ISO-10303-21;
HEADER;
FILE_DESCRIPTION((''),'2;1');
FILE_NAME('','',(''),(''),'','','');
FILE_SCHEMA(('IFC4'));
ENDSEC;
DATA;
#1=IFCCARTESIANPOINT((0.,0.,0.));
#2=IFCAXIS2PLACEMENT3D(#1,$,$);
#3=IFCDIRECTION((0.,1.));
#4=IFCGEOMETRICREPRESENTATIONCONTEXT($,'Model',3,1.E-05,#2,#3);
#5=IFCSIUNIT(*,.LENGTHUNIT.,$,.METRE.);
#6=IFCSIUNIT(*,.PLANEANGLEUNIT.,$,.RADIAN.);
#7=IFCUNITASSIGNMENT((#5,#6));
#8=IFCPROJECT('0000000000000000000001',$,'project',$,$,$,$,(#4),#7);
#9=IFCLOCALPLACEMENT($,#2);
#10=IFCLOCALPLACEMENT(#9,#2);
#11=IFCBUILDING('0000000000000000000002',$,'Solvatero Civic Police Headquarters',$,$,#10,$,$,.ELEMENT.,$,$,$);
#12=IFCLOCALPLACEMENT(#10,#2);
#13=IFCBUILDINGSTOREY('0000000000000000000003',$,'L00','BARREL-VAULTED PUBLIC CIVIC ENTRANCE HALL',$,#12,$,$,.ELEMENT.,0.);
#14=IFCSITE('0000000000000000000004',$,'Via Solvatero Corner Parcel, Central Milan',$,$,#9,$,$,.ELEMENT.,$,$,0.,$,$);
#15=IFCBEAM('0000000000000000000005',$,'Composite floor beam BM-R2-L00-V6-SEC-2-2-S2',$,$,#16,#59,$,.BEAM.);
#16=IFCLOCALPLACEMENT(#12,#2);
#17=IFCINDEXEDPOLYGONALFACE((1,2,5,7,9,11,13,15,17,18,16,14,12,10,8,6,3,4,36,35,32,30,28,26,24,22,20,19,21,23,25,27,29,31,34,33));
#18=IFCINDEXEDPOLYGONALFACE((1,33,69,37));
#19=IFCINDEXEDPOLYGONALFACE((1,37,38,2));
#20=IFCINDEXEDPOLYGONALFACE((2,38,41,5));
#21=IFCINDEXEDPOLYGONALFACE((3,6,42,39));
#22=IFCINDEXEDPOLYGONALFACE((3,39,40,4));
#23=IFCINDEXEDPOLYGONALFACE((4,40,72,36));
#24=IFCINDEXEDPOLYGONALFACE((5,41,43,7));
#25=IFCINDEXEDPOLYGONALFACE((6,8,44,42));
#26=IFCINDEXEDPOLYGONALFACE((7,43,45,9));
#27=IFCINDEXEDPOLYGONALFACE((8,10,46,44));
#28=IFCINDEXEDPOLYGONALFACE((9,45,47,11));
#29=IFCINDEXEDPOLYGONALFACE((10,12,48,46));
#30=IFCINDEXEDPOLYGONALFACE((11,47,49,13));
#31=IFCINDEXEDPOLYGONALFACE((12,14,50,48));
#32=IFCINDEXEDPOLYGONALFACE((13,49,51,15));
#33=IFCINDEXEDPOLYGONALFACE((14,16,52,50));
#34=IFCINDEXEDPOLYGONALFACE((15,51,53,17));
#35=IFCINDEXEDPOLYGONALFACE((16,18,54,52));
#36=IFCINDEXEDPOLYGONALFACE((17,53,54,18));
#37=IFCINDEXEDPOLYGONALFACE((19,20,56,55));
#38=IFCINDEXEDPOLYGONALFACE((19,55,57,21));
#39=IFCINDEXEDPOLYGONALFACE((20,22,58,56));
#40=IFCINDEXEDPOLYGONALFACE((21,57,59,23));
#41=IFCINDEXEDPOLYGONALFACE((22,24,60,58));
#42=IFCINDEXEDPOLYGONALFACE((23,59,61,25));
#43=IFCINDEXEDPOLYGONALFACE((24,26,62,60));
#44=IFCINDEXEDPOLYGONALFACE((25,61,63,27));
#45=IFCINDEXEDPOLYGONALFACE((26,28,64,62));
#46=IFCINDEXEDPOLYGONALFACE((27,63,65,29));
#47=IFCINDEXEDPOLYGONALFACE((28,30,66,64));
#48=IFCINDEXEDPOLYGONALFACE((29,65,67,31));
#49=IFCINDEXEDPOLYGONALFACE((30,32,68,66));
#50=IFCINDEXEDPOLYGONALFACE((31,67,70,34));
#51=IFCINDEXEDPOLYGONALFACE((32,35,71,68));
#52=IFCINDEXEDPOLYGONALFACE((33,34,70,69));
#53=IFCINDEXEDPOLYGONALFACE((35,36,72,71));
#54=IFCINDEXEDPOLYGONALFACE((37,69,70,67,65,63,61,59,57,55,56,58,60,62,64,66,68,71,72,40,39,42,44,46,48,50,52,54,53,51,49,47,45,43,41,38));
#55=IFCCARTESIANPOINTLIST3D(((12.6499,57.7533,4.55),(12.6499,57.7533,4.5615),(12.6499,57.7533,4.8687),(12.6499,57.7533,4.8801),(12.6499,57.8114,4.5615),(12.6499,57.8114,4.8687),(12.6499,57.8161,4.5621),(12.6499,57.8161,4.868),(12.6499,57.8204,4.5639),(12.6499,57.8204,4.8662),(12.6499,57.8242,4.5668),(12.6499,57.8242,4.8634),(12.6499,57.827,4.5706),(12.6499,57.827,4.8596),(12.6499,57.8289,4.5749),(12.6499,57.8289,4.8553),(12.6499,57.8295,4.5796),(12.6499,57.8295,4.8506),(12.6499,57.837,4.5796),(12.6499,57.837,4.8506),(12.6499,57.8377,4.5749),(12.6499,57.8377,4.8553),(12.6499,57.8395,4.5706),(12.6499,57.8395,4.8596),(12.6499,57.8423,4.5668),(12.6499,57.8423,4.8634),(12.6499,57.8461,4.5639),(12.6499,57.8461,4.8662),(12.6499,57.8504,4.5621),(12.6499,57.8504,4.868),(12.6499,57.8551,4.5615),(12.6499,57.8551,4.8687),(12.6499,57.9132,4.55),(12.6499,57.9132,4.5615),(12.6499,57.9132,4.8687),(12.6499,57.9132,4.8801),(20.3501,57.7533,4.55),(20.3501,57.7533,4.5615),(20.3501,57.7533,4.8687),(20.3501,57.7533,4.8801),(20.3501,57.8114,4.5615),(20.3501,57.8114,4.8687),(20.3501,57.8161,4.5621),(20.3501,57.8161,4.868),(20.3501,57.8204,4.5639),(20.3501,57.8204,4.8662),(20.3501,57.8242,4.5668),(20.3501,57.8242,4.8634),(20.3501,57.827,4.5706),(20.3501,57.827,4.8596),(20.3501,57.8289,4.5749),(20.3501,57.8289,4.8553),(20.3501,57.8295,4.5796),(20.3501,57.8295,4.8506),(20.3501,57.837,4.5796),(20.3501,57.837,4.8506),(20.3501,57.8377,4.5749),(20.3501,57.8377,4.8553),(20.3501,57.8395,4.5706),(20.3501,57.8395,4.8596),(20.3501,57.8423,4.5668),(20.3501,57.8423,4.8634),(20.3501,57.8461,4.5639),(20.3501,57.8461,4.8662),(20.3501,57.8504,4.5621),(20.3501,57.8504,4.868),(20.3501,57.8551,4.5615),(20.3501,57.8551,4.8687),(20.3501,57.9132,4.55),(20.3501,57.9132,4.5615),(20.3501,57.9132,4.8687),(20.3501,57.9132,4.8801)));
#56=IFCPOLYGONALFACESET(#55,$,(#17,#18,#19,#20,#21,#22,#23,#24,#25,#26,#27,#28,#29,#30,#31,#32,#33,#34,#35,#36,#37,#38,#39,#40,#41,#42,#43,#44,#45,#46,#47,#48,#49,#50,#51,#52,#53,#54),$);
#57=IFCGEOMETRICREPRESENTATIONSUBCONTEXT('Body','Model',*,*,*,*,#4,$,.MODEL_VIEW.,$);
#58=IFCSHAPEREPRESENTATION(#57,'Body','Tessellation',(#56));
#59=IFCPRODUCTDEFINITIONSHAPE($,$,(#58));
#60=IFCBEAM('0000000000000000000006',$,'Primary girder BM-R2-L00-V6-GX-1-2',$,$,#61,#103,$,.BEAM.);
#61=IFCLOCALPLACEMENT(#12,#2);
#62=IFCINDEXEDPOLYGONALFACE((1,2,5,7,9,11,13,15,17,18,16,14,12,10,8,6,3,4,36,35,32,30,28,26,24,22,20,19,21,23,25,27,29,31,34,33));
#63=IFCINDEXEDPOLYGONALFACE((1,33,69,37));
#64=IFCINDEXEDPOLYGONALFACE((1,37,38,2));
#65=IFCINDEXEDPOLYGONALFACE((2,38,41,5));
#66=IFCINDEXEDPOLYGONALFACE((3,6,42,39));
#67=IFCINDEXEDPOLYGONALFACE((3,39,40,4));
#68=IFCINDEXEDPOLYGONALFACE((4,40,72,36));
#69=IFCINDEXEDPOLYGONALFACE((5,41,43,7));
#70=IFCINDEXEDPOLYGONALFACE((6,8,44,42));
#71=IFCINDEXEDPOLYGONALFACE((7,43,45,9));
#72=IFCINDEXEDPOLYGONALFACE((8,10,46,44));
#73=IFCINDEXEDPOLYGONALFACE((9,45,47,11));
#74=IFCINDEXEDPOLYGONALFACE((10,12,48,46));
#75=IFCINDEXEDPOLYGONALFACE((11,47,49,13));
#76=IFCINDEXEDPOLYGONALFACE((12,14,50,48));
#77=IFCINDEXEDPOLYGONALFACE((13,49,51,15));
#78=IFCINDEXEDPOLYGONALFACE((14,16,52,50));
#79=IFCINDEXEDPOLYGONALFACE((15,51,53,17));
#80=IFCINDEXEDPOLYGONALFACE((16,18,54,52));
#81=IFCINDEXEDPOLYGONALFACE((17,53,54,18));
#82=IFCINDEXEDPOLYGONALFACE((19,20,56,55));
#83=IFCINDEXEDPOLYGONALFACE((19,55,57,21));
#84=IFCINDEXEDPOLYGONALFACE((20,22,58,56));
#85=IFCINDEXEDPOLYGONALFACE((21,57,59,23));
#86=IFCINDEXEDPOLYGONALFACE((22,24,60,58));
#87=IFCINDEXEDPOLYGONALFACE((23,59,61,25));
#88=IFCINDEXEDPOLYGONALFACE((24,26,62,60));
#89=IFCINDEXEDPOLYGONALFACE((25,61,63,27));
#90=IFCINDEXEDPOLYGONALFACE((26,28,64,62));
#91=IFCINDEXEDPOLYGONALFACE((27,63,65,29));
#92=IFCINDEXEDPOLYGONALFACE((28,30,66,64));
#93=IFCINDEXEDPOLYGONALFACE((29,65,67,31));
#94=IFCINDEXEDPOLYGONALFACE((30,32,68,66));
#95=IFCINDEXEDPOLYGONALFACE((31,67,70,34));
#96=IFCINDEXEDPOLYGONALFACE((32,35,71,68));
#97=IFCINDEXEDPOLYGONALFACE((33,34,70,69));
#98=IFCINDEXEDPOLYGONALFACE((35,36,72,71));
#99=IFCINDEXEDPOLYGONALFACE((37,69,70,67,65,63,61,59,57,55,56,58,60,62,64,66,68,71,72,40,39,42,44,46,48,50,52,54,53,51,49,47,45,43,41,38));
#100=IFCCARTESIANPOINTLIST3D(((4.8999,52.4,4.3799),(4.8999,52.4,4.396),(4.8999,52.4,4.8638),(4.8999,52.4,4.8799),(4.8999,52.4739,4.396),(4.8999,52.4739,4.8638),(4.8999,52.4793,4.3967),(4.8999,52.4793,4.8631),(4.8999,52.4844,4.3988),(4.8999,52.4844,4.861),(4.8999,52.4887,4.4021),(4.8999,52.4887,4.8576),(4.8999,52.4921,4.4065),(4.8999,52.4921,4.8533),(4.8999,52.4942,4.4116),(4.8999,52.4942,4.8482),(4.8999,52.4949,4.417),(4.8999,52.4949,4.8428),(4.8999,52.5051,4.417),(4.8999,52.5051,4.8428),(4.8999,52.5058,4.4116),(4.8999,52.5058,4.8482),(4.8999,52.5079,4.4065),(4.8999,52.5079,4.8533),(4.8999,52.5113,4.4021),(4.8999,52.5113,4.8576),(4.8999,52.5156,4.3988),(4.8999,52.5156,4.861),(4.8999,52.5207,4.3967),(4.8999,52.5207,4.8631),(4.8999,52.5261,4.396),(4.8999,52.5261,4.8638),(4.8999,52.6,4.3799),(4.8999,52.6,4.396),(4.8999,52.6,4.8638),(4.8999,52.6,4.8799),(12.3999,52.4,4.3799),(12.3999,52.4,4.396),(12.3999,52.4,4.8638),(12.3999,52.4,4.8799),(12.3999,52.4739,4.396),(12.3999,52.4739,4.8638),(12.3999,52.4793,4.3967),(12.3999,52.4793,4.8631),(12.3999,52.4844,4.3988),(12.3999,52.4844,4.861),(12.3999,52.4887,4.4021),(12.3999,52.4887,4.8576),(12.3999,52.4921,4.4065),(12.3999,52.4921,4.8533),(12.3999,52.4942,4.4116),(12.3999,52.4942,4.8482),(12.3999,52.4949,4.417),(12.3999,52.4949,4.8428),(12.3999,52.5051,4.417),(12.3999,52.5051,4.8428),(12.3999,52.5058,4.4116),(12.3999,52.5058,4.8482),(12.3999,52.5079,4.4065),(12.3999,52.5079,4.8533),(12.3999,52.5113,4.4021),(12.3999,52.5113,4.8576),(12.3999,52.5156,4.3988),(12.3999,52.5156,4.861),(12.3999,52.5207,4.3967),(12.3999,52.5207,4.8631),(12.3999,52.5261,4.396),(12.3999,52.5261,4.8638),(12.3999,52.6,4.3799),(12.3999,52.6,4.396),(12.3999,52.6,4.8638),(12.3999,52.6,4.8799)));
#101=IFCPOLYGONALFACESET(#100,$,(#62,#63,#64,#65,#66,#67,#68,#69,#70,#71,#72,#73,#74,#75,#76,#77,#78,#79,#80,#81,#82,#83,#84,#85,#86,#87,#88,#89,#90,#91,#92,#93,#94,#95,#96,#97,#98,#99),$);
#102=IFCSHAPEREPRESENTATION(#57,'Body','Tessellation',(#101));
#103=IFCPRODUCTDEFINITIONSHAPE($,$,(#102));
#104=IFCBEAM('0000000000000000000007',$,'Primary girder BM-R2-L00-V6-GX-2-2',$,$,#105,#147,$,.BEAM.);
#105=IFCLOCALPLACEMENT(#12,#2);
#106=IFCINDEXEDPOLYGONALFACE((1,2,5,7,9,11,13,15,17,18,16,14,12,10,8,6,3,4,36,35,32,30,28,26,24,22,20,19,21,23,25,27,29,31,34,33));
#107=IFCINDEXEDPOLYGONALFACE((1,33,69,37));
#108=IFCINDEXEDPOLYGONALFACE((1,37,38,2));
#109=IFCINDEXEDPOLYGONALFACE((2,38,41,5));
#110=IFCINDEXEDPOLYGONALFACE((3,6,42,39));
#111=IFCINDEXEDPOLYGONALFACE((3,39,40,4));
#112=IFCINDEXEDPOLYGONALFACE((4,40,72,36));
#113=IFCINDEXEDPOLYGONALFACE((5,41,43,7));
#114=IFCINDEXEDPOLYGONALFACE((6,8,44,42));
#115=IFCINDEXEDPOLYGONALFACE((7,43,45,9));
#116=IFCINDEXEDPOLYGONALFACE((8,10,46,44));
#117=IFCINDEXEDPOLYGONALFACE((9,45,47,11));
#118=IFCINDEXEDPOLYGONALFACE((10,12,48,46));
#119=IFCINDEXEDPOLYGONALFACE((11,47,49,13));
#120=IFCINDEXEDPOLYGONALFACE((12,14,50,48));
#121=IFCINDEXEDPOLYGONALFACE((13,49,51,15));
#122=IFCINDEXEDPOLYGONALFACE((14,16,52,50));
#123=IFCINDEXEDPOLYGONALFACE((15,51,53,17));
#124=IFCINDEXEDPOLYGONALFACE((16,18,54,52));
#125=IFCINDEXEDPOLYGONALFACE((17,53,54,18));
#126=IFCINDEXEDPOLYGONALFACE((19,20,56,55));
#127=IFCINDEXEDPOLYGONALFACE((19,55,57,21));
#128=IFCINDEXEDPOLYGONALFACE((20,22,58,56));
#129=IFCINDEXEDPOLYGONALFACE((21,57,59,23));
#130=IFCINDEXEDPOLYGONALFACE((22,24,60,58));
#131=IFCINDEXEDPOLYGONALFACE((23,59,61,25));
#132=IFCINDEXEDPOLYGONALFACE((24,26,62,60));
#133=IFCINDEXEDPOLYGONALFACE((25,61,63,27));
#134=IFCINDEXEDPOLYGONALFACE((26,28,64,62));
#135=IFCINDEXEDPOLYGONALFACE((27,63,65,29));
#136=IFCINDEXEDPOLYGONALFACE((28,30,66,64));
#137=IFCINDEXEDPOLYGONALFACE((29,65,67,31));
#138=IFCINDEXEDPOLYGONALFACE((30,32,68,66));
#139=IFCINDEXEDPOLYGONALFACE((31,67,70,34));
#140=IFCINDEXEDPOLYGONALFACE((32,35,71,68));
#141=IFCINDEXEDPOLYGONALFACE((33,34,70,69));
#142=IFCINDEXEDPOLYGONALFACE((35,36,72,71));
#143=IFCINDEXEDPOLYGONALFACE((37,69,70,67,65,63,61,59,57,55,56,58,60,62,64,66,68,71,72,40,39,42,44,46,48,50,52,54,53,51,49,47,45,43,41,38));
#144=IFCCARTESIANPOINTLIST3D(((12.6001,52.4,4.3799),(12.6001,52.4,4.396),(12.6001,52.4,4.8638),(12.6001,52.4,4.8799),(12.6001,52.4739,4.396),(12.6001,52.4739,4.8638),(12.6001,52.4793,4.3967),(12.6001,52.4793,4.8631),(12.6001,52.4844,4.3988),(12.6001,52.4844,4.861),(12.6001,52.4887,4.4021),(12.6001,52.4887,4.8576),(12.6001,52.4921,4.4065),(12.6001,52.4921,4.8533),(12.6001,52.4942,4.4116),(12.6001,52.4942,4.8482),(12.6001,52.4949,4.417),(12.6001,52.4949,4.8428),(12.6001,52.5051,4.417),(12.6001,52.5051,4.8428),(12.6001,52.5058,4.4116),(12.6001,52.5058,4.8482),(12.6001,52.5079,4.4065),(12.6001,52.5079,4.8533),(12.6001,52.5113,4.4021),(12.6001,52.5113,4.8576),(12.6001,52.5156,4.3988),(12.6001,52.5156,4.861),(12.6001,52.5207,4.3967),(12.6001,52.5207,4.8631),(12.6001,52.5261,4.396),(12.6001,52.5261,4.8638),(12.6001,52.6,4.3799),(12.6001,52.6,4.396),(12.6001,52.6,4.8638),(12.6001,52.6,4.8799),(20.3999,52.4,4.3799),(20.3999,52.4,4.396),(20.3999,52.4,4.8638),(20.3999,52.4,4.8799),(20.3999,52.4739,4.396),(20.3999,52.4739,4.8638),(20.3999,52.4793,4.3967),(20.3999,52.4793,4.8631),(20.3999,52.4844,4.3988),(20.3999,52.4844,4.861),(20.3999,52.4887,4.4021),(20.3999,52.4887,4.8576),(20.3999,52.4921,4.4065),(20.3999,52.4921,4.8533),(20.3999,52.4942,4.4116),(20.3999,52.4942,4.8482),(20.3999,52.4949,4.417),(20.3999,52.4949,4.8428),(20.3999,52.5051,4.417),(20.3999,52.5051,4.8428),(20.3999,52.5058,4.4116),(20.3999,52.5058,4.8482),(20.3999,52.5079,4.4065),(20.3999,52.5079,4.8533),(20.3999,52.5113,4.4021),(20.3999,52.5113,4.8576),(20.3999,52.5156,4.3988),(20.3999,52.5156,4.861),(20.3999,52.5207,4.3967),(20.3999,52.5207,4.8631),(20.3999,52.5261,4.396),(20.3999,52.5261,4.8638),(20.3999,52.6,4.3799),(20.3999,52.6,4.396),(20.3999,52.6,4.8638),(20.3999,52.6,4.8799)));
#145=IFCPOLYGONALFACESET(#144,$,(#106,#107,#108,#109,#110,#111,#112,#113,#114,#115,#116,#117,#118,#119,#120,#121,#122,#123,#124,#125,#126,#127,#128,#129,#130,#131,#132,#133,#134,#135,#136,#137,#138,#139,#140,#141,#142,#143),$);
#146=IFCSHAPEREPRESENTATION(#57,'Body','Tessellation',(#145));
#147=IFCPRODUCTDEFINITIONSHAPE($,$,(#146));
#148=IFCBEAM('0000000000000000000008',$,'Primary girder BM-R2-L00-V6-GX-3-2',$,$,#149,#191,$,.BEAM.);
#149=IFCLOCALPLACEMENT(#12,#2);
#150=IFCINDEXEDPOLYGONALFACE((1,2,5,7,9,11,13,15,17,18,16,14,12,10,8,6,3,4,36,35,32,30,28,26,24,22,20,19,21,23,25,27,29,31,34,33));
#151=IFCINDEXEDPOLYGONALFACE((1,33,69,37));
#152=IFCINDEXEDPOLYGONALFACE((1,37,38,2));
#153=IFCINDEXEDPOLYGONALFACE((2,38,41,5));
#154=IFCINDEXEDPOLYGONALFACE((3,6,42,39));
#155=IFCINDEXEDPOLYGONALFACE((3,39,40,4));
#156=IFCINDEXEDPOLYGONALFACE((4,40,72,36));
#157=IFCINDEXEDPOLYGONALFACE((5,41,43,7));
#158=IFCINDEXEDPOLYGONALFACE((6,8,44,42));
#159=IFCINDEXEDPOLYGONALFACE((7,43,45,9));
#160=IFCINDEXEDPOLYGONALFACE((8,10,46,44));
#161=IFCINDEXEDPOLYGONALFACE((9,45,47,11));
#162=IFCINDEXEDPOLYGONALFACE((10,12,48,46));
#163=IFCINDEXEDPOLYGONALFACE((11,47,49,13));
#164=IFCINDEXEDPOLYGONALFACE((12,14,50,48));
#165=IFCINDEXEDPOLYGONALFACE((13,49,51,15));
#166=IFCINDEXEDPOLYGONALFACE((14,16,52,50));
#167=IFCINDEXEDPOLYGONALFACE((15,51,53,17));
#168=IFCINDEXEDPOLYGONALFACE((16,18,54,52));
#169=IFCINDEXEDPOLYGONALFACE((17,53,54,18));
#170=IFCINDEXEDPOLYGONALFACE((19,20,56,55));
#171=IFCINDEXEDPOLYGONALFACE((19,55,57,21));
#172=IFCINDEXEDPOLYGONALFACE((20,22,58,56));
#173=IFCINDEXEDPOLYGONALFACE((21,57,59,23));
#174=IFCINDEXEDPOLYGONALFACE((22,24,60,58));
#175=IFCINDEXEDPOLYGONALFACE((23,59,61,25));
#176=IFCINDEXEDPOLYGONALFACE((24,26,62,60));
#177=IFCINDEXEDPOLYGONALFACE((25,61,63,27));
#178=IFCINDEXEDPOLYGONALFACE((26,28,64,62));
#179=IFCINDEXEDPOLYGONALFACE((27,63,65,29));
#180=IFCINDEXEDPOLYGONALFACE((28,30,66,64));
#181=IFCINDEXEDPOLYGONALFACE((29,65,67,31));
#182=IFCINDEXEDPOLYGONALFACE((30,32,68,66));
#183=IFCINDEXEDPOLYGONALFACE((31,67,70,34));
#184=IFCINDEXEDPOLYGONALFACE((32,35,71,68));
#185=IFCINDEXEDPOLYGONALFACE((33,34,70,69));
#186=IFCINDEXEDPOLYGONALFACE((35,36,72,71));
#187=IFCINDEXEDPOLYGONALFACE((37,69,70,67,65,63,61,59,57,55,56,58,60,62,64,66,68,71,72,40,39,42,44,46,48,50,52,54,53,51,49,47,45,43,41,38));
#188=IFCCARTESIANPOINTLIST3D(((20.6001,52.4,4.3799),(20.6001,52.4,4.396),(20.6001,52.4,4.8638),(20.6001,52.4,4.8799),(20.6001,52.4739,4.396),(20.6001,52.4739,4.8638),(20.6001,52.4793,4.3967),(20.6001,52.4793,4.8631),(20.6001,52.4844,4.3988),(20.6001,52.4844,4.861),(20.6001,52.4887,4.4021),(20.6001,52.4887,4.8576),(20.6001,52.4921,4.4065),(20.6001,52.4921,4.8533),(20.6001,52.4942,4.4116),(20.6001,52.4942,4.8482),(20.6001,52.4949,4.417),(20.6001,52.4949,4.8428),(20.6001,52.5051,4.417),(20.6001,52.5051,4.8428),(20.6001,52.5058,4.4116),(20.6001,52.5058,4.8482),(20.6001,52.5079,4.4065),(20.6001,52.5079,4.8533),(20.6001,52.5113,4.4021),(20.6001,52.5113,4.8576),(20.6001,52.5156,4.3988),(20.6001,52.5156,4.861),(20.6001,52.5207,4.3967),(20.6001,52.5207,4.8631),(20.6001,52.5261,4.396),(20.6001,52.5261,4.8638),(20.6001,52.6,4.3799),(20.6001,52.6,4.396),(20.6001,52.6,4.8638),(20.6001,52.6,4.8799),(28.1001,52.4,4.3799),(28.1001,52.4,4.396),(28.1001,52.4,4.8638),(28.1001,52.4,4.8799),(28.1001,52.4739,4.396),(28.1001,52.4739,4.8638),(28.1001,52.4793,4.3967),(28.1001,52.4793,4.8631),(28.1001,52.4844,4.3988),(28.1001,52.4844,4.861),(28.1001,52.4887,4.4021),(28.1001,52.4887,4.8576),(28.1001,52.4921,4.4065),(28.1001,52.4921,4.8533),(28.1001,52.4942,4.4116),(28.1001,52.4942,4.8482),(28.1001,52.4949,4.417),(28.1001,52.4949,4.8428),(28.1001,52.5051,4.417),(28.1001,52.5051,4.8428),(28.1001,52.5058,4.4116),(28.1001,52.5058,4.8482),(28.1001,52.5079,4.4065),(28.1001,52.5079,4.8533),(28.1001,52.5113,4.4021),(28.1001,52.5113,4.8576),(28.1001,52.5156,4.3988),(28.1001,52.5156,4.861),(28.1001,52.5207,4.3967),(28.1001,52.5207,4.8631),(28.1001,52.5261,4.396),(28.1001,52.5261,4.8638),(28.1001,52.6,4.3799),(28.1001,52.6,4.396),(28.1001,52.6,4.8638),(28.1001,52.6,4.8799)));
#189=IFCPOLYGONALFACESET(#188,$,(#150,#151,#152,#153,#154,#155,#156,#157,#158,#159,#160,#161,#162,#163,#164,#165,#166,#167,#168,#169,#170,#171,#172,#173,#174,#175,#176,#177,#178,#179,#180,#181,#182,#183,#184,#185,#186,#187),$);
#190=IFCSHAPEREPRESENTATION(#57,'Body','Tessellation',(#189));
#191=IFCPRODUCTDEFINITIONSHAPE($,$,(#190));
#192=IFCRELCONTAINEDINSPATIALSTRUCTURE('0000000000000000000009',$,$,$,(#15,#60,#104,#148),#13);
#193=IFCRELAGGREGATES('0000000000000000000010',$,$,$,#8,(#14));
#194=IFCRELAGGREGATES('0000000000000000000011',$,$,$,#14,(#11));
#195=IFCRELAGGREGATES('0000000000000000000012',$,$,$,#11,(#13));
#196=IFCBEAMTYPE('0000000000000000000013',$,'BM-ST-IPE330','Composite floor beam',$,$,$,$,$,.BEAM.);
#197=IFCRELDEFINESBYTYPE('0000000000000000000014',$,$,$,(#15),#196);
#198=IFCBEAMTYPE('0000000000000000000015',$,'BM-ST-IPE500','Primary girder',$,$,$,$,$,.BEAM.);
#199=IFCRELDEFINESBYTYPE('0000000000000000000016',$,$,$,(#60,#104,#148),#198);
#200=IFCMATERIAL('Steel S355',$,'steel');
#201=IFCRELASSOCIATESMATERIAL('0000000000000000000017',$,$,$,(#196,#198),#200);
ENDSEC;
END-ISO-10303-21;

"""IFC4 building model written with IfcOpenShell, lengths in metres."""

from ifc_helpers import new_model, si_unit, direction, frame, origin, origin_2d, place, context, subcontext, project, spatial, i_section, extrude, material, material_profile, profile_set, type_object, element, save


model = new_model("IFC4")

# Units and contexts
model_context = context("Model", 3, precision=1e-05, world=origin(), true_north=direction((0.0, 1.0)))
body_context = subcontext(model_context, "Body", "Model", "MODEL_VIEW")
ifc_project = project(units=[si_unit("LENGTHUNIT", "METRE"), si_unit("PLANEANGLEUNIT", "RADIAN")], contexts=[model_context])

# Site, building, storey
site_placement = place(None, origin())
site = spatial("IfcSite", under=ifc_project, at=site_placement, Name="Via Solvatero Corner Parcel, Central Milan", CompositionType="ELEMENT", RefElevation=0.0)
building_placement = place(site_placement, origin())
building = spatial("IfcBuilding", under=site, at=building_placement, Name="Solvatero Civic Police Headquarters", CompositionType="ELEMENT")
storey_placement = place(building_placement, origin())
storey = spatial("IfcBuildingStorey", under=building, at=storey_placement, Name="L00", Description="BARREL-VAULTED PUBLIC CIVIC ENTRANCE HALL", CompositionType="ELEMENT", Elevation=0.0)

# Beams
ifc_material_1 = material(Name="Steel S355", Category="steel")
ifc_material_profile_1 = material_profile(ifc_material_1, i_section(OverallWidth=0.1599, OverallDepth=0.3301, WebThickness=0.0076, FlangeThickness=0.0115, FilletRadius=0.0181, at=origin_2d()), Name="IPE 330")
ifc_profile_set_1 = profile_set([ifc_material_profile_1], Name="Steel S355")
beam_type_1 = type_object("IfcBeamType", Name="BM-ST-IPE330", Description="Composite floor beam", PredefinedType="BEAM", material=ifc_profile_set_1)
for number, where, z_axis, x_axis, name in (
    (1, (12.6499, 57.8333, 4.7151), (1.0, 0.0, 0.0), (0.0, 1.0, 0.0), "Composite floor beam BM-R2-L00-V6-SEC-2-2-S2"),
):
    element("IfcBeam", number, at=place(storey_placement, frame(where, z_axis=z_axis, x_axis=x_axis)), inside=storey, type_object=beam_type_1, Name=name, PredefinedType="BEAM", context=body_context, shape_type="SweptSolid", body=[
        extrude(i_section(OverallWidth=0.1599, OverallDepth=0.3301, WebThickness=0.0076, FlangeThickness=0.0115, FilletRadius=0.0181, at=origin_2d()), origin(), (0.0, 0.0, 1.0), 7.7002),
    ])
ifc_material_profile_2 = material_profile(ifc_material_1, i_section(OverallWidth=0.2, OverallDepth=0.5, WebThickness=0.0103, FlangeThickness=0.0161, FilletRadius=0.021, at=origin_2d()), Name="IPE 500")
ifc_profile_set_2 = profile_set([ifc_material_profile_2], Name="Steel S355")
beam_type_2 = type_object("IfcBeamType", Name="BM-ST-IPE500", Description="Primary girder", PredefinedType="BEAM", material=ifc_profile_set_2)
beam_1_placement = place(storey_placement, frame((4.8999, 52.5, 4.6299), z_axis=(1.0, 0.0, 0.0), x_axis=(0.0, 1.0, 0.0)))
element("IfcBeam", 2, at=beam_1_placement, inside=storey, type_object=beam_type_2, Name="Primary girder BM-R2-L00-V6-GX-1-2", PredefinedType="BEAM", context=body_context, shape_type="SweptSolid", body=[
    extrude(i_section(OverallWidth=0.2, OverallDepth=0.5, WebThickness=0.0103, FlangeThickness=0.0161, FilletRadius=0.021, at=origin_2d()), origin(), (0.0, 0.0, 1.0), 7.5),
])
beam_2_placement = place(storey_placement, frame((12.6001, 52.5, 4.6299), z_axis=(1.0, 0.0, 0.0), x_axis=(0.0, 1.0, 0.0)))
element("IfcBeam", 3, at=beam_2_placement, inside=storey, type_object=beam_type_2, Name="Primary girder BM-R2-L00-V6-GX-2-2", PredefinedType="BEAM", context=body_context, shape_type="SweptSolid", body=[
    extrude(i_section(OverallWidth=0.2, OverallDepth=0.5, WebThickness=0.0103, FlangeThickness=0.0161, FilletRadius=0.021, at=origin_2d()), origin(), (0.0, 0.0, 1.0), 7.7998),
])
for number, where, z_axis, x_axis, name in (
    (4, (20.6001, 52.5, 4.6299), (1.0, 0.0, 0.0), (0.0, 1.0, 0.0), "Primary girder BM-R2-L00-V6-GX-3-2"),
):
    element("IfcBeam", number, at=place(storey_placement, frame(where, z_axis=z_axis, x_axis=x_axis)), inside=storey, type_object=beam_type_2, Name=name, PredefinedType="BEAM", context=body_context, shape_type="SweptSolid", body=[
        extrude(i_section(OverallWidth=0.2, OverallDepth=0.5, WebThickness=0.0103, FlangeThickness=0.0161, FilletRadius=0.021, at=origin_2d()), origin(), (0.0, 0.0, 1.0), 7.5),
    ])

save(model, "model.ifc")
